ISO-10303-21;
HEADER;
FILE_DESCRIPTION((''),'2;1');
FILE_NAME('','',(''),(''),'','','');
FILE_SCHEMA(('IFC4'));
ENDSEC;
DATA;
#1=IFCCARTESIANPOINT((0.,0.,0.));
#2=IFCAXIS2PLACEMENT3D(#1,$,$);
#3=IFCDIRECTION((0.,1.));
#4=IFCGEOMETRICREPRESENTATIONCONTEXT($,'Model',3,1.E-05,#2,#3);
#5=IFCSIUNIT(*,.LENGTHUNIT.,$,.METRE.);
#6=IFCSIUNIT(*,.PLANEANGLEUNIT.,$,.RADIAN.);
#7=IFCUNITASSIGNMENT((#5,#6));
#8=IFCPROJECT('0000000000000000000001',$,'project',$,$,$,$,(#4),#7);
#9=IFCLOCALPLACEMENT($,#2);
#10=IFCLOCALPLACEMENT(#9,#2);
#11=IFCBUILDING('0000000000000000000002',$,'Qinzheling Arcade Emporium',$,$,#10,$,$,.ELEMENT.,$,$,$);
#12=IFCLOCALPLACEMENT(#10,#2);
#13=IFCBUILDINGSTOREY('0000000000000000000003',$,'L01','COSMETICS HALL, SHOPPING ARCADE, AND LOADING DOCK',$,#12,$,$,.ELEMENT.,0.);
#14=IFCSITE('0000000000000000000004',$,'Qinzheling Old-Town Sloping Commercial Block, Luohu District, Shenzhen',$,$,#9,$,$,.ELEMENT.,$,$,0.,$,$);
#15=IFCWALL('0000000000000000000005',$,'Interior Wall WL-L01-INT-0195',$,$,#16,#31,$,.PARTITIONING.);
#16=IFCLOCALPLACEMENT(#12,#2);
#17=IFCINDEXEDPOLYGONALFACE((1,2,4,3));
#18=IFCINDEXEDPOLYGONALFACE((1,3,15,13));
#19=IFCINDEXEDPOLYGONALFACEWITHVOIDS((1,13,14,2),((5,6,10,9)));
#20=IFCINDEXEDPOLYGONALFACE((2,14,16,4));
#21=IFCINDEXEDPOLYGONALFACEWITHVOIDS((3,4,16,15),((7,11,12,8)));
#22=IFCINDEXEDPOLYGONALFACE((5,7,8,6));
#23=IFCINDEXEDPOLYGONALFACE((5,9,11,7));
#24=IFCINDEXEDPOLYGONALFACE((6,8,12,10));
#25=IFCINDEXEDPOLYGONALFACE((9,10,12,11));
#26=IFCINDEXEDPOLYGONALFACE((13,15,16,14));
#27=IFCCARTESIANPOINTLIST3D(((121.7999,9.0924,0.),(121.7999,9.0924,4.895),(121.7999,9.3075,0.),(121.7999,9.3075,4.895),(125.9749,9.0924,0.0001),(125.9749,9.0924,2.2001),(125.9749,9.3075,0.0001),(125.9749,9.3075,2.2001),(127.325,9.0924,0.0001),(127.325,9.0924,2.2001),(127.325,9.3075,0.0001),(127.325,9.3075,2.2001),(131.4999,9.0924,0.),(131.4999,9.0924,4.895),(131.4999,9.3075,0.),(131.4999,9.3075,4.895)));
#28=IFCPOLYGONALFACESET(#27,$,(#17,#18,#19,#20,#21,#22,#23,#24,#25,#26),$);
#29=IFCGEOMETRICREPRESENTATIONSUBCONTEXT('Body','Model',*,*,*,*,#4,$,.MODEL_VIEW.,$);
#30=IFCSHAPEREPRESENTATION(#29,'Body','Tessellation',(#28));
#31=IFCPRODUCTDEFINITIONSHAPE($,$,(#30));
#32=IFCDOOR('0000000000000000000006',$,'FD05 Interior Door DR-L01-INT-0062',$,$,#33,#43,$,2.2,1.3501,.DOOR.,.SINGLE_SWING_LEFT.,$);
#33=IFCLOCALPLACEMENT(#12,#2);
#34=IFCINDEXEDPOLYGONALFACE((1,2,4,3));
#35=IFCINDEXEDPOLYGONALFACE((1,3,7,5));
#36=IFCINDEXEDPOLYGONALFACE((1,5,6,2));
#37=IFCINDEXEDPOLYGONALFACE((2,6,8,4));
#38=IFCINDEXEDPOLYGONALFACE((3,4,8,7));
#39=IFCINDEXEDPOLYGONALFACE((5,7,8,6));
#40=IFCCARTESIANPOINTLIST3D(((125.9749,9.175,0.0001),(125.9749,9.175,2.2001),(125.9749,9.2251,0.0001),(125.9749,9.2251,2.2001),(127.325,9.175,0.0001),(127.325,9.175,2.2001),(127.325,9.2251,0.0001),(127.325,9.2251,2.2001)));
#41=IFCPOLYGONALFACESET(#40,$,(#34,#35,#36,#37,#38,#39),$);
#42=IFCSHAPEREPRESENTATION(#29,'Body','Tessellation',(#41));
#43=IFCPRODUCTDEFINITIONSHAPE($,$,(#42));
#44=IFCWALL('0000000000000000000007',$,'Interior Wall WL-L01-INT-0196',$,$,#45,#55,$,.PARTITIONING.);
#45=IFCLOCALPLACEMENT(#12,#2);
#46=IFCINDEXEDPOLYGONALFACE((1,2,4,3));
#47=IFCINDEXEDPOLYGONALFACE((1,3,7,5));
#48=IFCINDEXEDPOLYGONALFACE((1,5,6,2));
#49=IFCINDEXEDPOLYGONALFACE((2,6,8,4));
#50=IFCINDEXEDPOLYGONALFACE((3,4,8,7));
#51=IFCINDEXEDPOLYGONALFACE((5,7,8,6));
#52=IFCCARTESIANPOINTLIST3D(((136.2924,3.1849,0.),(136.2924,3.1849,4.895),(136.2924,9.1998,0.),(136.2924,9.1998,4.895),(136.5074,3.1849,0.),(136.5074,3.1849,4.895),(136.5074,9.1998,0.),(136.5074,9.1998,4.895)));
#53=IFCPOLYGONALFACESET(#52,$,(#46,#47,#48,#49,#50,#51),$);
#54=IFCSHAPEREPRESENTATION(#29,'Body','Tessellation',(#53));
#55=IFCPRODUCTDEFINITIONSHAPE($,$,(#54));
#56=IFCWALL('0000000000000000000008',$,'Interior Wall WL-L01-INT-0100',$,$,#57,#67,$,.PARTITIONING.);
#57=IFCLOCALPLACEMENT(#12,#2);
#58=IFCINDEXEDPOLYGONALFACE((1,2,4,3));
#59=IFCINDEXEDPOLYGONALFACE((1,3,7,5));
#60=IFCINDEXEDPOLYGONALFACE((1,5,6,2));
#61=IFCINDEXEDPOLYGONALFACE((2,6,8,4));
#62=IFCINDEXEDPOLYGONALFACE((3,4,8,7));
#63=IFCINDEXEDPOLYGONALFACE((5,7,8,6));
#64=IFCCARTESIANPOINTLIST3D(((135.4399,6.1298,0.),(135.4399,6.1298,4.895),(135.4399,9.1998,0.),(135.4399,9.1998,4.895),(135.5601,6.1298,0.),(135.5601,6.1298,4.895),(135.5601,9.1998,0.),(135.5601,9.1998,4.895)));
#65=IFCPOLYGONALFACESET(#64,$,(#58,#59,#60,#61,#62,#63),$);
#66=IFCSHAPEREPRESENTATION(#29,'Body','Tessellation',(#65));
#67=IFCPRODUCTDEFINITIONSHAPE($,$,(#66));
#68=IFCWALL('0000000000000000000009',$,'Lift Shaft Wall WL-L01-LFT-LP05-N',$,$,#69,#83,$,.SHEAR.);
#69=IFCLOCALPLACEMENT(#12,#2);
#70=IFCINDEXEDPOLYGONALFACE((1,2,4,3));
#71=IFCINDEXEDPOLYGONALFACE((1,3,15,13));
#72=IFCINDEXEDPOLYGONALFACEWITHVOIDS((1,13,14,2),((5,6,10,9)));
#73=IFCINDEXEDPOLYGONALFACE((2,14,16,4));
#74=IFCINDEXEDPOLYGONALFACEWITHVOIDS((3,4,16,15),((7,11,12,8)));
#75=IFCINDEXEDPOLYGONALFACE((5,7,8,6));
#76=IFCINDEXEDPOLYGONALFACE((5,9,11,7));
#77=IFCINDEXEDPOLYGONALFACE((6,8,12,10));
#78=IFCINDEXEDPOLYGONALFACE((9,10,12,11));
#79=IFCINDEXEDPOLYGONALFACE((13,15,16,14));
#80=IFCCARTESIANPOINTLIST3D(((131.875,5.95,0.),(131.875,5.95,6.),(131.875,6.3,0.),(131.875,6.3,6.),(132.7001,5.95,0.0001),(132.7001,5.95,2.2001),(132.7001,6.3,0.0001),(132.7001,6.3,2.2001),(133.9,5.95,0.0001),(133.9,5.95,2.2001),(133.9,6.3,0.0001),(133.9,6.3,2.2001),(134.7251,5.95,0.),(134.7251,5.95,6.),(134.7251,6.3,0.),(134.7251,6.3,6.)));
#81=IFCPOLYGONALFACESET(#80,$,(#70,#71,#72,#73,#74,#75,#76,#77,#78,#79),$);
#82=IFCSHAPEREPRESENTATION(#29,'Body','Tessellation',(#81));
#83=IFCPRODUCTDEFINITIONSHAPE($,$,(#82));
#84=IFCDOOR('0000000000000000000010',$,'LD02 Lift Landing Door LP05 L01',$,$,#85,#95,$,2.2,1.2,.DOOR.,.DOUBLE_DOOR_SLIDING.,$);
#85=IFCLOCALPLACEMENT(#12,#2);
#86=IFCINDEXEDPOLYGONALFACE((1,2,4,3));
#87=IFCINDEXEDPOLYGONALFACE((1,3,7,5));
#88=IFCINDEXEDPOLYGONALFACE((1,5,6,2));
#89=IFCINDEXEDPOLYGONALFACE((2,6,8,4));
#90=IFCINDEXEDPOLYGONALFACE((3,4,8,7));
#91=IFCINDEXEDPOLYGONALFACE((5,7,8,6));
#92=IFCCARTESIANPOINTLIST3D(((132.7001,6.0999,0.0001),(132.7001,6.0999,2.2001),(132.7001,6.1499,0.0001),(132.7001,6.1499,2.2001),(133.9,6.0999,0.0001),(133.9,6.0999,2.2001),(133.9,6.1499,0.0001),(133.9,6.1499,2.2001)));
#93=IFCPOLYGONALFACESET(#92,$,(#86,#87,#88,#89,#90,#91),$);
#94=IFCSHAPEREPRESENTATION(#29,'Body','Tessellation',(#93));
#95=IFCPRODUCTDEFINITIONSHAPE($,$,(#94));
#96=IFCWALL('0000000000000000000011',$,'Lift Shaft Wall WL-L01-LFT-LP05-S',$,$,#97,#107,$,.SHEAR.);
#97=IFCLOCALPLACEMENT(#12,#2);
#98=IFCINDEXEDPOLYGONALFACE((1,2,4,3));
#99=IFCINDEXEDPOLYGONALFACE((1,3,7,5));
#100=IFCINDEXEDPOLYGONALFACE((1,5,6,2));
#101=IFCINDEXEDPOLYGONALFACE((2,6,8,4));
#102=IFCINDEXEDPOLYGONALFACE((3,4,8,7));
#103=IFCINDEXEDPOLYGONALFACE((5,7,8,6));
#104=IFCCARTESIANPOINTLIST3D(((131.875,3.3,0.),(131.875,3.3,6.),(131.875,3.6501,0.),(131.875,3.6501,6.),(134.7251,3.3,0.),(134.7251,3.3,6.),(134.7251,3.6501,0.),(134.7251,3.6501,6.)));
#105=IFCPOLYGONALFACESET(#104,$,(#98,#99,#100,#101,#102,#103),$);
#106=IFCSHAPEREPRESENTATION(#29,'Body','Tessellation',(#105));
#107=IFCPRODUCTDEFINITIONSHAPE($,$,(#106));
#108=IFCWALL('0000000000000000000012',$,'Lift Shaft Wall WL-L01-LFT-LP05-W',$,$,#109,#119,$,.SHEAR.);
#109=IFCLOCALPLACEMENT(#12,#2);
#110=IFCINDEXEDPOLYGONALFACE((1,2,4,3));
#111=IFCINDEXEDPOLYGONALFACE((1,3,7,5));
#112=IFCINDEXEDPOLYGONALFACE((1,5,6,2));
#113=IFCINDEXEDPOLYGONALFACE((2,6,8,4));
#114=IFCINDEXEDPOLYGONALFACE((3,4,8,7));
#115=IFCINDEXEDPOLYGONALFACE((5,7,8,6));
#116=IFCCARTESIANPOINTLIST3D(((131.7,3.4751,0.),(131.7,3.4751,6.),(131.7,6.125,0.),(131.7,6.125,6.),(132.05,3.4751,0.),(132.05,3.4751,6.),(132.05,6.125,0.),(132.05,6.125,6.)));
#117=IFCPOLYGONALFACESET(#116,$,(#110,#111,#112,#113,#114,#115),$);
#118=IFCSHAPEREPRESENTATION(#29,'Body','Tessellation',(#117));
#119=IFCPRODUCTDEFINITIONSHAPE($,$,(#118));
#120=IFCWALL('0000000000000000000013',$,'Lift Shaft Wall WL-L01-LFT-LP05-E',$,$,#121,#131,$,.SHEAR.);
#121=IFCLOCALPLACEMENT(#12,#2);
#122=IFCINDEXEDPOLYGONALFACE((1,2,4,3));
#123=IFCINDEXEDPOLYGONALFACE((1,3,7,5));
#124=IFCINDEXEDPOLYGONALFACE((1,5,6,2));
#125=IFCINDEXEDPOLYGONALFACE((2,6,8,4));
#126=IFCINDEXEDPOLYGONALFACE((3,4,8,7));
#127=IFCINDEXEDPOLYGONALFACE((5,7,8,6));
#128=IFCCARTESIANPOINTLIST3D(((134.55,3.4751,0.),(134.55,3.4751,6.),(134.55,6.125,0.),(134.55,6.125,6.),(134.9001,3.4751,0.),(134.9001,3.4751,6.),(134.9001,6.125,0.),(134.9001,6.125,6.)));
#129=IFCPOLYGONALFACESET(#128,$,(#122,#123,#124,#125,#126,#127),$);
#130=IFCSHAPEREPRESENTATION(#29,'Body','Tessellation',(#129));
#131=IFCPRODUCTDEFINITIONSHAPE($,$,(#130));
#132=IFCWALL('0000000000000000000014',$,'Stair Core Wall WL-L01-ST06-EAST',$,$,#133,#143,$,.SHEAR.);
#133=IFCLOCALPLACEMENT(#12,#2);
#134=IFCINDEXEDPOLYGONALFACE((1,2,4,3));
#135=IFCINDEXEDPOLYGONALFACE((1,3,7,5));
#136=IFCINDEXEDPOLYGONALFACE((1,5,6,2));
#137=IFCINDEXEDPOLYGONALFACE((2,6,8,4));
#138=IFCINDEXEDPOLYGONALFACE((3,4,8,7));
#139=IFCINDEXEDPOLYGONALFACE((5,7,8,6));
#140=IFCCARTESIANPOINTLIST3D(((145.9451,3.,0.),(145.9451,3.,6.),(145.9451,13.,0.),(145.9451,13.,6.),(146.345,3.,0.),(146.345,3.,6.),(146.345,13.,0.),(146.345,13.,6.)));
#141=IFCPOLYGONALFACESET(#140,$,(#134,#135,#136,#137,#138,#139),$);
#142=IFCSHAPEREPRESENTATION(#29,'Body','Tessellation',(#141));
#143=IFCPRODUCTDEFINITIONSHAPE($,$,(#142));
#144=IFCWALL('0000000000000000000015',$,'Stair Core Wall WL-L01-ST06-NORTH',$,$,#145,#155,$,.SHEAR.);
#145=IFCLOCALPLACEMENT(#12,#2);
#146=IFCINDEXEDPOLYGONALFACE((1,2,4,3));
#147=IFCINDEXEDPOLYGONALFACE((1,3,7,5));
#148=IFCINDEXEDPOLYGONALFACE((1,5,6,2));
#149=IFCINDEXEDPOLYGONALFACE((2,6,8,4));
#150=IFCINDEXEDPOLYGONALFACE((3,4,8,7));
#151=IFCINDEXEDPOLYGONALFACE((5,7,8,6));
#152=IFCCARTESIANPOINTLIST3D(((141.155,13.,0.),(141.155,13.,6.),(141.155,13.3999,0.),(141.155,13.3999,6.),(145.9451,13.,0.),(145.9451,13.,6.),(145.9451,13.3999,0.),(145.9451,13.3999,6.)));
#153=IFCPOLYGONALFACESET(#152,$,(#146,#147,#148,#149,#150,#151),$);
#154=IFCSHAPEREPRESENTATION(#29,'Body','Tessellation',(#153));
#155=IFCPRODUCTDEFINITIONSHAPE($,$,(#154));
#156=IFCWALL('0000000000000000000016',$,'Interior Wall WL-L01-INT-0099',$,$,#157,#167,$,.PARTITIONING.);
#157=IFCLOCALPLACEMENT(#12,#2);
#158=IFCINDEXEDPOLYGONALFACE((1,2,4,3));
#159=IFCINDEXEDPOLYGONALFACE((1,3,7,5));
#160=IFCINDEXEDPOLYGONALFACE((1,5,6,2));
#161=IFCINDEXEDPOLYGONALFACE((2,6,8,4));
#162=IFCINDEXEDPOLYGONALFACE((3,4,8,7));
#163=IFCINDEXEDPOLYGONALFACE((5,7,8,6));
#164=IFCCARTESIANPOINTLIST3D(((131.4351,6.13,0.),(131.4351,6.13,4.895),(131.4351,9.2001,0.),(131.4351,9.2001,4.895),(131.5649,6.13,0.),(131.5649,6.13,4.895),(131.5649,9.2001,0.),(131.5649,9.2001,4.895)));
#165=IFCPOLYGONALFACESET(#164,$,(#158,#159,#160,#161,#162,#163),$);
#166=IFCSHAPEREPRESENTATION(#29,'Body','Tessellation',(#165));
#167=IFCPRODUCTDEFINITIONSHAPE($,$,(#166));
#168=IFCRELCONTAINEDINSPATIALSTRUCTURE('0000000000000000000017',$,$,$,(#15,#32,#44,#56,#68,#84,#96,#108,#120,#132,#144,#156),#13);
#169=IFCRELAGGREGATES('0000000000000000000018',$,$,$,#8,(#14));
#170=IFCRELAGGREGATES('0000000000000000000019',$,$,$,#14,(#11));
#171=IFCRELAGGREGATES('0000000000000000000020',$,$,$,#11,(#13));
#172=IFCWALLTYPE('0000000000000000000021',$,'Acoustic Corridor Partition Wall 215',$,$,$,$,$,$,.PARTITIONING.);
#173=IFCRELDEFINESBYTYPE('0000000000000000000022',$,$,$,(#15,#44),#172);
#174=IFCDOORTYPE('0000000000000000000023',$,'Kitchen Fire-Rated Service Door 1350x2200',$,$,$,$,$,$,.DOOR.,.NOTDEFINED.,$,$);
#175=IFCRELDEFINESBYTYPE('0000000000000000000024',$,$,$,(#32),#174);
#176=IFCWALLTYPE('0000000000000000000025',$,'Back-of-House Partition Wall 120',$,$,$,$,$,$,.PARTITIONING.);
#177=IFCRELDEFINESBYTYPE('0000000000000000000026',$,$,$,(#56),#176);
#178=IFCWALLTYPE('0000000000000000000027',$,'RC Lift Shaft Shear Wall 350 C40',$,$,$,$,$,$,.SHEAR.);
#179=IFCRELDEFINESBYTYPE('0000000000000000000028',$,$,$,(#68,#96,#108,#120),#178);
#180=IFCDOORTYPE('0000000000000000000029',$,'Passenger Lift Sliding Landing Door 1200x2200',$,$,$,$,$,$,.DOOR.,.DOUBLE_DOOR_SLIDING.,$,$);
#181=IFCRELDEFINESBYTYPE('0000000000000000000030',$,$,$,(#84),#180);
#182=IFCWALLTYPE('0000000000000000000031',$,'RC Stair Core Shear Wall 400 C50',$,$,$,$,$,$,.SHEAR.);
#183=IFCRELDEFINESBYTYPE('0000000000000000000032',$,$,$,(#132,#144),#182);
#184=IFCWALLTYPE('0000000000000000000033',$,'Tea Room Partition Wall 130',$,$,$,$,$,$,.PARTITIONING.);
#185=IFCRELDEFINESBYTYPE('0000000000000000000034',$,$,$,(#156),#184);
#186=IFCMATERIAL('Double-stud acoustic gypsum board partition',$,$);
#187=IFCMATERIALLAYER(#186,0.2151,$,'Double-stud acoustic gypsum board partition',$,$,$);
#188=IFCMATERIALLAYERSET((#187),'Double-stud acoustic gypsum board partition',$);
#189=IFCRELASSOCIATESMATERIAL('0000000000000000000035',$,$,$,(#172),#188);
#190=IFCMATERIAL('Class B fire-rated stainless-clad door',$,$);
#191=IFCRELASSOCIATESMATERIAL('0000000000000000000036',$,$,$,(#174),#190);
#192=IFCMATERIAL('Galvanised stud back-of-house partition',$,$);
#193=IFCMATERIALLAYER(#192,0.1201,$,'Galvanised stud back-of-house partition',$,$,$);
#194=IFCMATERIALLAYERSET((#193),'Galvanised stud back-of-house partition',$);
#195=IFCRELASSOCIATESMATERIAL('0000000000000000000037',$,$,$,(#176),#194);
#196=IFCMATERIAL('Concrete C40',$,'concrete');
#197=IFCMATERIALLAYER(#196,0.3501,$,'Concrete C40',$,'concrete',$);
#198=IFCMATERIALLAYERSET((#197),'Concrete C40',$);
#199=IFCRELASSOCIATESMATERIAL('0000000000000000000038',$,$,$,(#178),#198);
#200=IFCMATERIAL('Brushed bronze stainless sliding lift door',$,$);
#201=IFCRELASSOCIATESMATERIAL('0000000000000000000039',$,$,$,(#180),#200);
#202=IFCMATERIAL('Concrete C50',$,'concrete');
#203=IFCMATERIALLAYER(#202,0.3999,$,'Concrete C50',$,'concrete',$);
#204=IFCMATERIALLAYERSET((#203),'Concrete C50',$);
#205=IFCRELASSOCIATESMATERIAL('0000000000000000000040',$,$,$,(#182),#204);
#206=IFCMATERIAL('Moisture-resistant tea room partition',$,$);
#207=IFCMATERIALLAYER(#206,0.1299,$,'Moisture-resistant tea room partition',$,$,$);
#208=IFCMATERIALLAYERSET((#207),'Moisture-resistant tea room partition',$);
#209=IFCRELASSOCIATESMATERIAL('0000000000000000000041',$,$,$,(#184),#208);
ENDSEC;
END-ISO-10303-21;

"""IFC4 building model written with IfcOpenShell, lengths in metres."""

from ifc_helpers import new_model, si_unit, direction, frame, frame_2d, origin, place, context, subcontext, project, spatial, rectangle, extrude, material, layer, layer_set, type_object, element, fill, save


model = new_model("IFC4")

# Units and contexts
model_context = context("Model", 3, precision=1e-05, world=origin(), true_north=direction((0.0, 1.0)))
body_context = subcontext(model_context, "Body", "Model", "MODEL_VIEW")
ifc_project = project(units=[si_unit("LENGTHUNIT", "METRE"), si_unit("PLANEANGLEUNIT", "RADIAN")], contexts=[model_context])

# Site, building, storey
site_placement = place(None, origin())
site = spatial("IfcSite", under=ifc_project, at=site_placement, Name="Qinzheling Old-Town Sloping Commercial Block, Luohu District, Shenzhen", CompositionType="ELEMENT", RefElevation=0.0)
building_placement = place(site_placement, origin())
building = spatial("IfcBuilding", under=site, at=building_placement, Name="Qinzheling Arcade Emporium", CompositionType="ELEMENT")
storey_placement = place(building_placement, origin())
storey = spatial("IfcBuildingStorey", under=building, at=storey_placement, Name="L01", Description="COSMETICS HALL, SHOPPING ARCADE, AND LOADING DOCK", CompositionType="ELEMENT", Elevation=0.0)

# Shared definitions
ifc_material_1 = material(Name="Concrete C50", Category="concrete")

# Shared definitions
ifc_material_2 = material(Name="Concrete C40", Category="concrete")

# Wall, opening, door
ifc_material_3 = material(Name="Double-stud acoustic gypsum board partition")
ifc_layer_1 = layer(ifc_material_3, 0.2151, Name="Double-stud acoustic gypsum board partition")
ifc_layer_set_1 = layer_set([ifc_layer_1], Name="Double-stud acoustic gypsum board partition")
wall_type_1 = type_object("IfcWallType", Name="Acoustic Corridor Partition Wall 215", PredefinedType="PARTITIONING", material=ifc_layer_set_1)
ifc_material_4 = material(Name="Class B fire-rated stainless-clad door")
door_type_1 = type_object("IfcDoorType", Name="Kitchen Fire-Rated Service Door 1350x2200", OperationType="NOTDEFINED", PredefinedType="DOOR", material=ifc_material_4)
wall_1_placement = place(storey_placement, frame((131.5, 9.2, 0.0), z_axis=(0.0, 0.0, 1.0), x_axis=(-1.0, 0.0, 0.0)))
wall_1 = element("IfcWall", 1, at=wall_1_placement, inside=storey, type_object=wall_type_1, Name="Interior Wall WL-L01-INT-0195", PredefinedType="PARTITIONING", context=body_context, shape_type="SweptSolid", body=[
    extrude(rectangle(XDim=9.7, YDim=0.2151, at=frame_2d((4.8501, 0.0))), origin(), (0.0, 0.0, 1.0), 4.895),
])
opening_1_placement = place(wall_1_placement, frame((4.175, 0.0, 0.0)))
opening_1 = element("IfcOpeningElement", 2, at=opening_1_placement, cuts=wall_1, PredefinedType="OPENING", context=body_context, shape_type="SweptSolid", body=[
    extrude(rectangle(XDim=1.3501, YDim=2.2, at=frame_2d((0.675, 1.1001))), frame((0.0, 0.1177, 0.0), z_axis=(0.0, -1.0, 0.0), x_axis=(1.0, 0.0, 0.0)), (0.0, 0.0, 1.0), 0.2351),
])
door_1_placement = place(opening_1_placement, origin())
door_1 = element("IfcDoor", 3, at=door_1_placement, inside=storey, type_object=door_type_1, Name="FD05 Interior Door DR-L01-INT-0062", OperationType="SINGLE_SWING_LEFT", OverallHeight=2.2, OverallWidth=1.3501, PredefinedType="DOOR", context=body_context, shape_type="SweptSolid", body=[
    extrude(rectangle(XDim=1.3501, YDim=2.2, at=frame_2d((0.675, 1.1001))), frame((0.0, 0.0249, 0.0), z_axis=(0.0, -1.0, 0.0), x_axis=(1.0, 0.0, 0.0)), (0.0, 0.0, 1.0), 0.05),
])
fill(opening_1, door_1)

# Walls
wall_2_placement = place(storey_placement, frame((136.3999, 3.1851, 0.0), z_axis=(0.0, 0.0, 1.0), x_axis=(0.0, 1.0, 0.0)))
element("IfcWall", 4, at=wall_2_placement, inside=storey, type_object=wall_type_1, Name="Interior Wall WL-L01-INT-0196", PredefinedType="PARTITIONING", context=body_context, shape_type="SweptSolid", body=[
    extrude(rectangle(XDim=6.0149, YDim=0.2151, at=frame_2d((3.0073, 0.0))), origin(), (0.0, 0.0, 1.0), 4.895),
])
ifc_material_5 = material(Name="Galvanised stud back-of-house partition")
ifc_layer_2 = layer(ifc_material_5, 0.1201, Name="Galvanised stud back-of-house partition")
ifc_layer_set_2 = layer_set([ifc_layer_2], Name="Galvanised stud back-of-house partition")
wall_type_2 = type_object("IfcWallType", Name="Back-of-House Partition Wall 120", PredefinedType="PARTITIONING", material=ifc_layer_set_2)
wall_3_placement = place(storey_placement, frame((135.5, 9.2, 0.0), z_axis=(0.0, 0.0, 1.0), x_axis=(0.0, -1.0, 0.0)))
element("IfcWall", 5, at=wall_3_placement, inside=storey, type_object=wall_type_2, Name="Interior Wall WL-L01-INT-0100", PredefinedType="PARTITIONING", context=body_context, shape_type="SweptSolid", body=[
    extrude(rectangle(XDim=3.0701, YDim=0.1201, at=frame_2d((1.5352, 0.0))), origin(), (0.0, 0.0, 1.0), 4.895),
])

# Wall, opening, door
ifc_layer_3 = layer(ifc_material_2, 0.3501, Name="Concrete C40", Category="concrete")
ifc_layer_set_3 = layer_set([ifc_layer_3], Name="Concrete C40")
wall_type_3 = type_object("IfcWallType", Name="RC Lift Shaft Shear Wall 350 C40", PredefinedType="SHEAR", material=ifc_layer_set_3)
wall_4_placement = place(storey_placement, frame((131.875, 6.125, 0.0), z_axis=(0.0, 0.0, 1.0), x_axis=(1.0, 0.0, 0.0)))
wall_4 = element("IfcWall", 6, at=wall_4_placement, inside=storey, type_object=wall_type_3, Name="Lift Shaft Wall WL-L01-LFT-LP05-N", PredefinedType="SHEAR", context=body_context, shape_type="SweptSolid", body=[
    extrude(rectangle(XDim=2.8501, YDim=0.3501, at=frame_2d((1.425, 0.0))), origin(), (0.0, 0.0, 1.0), 6.0),
])
opening_2_placement = place(wall_4_placement, frame((0.825, 0.0, 0.0)))
opening_2 = element("IfcOpeningElement", 7, at=opening_2_placement, cuts=wall_4, PredefinedType="OPENING", context=body_context, shape_type="SweptSolid", body=[
    extrude(rectangle(XDim=1.2, YDim=2.2, at=frame_2d((0.6001, 1.1001))), frame((0.0, 0.1851, 0.0), z_axis=(0.0, -1.0, 0.0), x_axis=(1.0, 0.0, 0.0)), (0.0, 0.0, 1.0), 0.3701),
])
ifc_material_6 = material(Name="Brushed bronze stainless sliding lift door")
door_type_2 = type_object("IfcDoorType", Name="Passenger Lift Sliding Landing Door 1200x2200", OperationType="DOUBLE_DOOR_SLIDING", PredefinedType="DOOR", material=ifc_material_6)
door_2_placement = place(opening_2_placement, origin())
door_2 = element("IfcDoor", 8, at=door_2_placement, inside=storey, type_object=door_type_2, Name="LD02 Lift Landing Door LP05 L01", OperationType="DOUBLE_DOOR_SLIDING", OverallHeight=2.2, OverallWidth=1.2, PredefinedType="DOOR", context=body_context, shape_type="SweptSolid", body=[
    extrude(rectangle(XDim=1.2, YDim=2.2, at=frame_2d((0.6001, 1.1001))), frame((0.0, 0.0249, 0.0), z_axis=(0.0, -1.0, 0.0), x_axis=(1.0, 0.0, 0.0)), (0.0, 0.0, 1.0), 0.05),
])
fill(opening_2, door_2)

# Walls
wall_5_placement = place(storey_placement, frame((134.7251, 3.4751, 0.0), z_axis=(0.0, 0.0, 1.0), x_axis=(-1.0, 0.0, 0.0)))
element("IfcWall", 9, at=wall_5_placement, inside=storey, type_object=wall_type_3, Name="Lift Shaft Wall WL-L01-LFT-LP05-S", PredefinedType="SHEAR", context=body_context, shape_type="SweptSolid", body=[
    extrude(rectangle(XDim=2.8501, YDim=0.3501, at=frame_2d((1.425, 0.0))), origin(), (0.0, 0.0, 1.0), 6.0),
])
for number, where, z_axis, x_axis, name in (
    (10, (131.875, 3.4751, 0.0), (0.0, 0.0, 1.0), (0.0, 1.0, 0.0), "Lift Shaft Wall WL-L01-LFT-LP05-W"),
    (11, (134.7251, 6.125, 0.0), (0.0, 0.0, 1.0), (0.0, -1.0, 0.0), "Lift Shaft Wall WL-L01-LFT-LP05-E"),
):
    element("IfcWall", number, at=place(storey_placement, frame(where, z_axis=z_axis, x_axis=x_axis)), inside=storey, type_object=wall_type_3, Name=name, PredefinedType="SHEAR", context=body_context, shape_type="SweptSolid", body=[
        extrude(rectangle(XDim=2.6499, YDim=0.3501, at=frame_2d((1.325, 0.0))), origin(), (0.0, 0.0, 1.0), 6.0),
    ])
ifc_layer_4 = layer(ifc_material_1, 0.3999, Name="Concrete C50", Category="concrete")
ifc_layer_set_4 = layer_set([ifc_layer_4], Name="Concrete C50")
wall_type_4 = type_object("IfcWallType", Name="RC Stair Core Shear Wall 400 C50", PredefinedType="SHEAR", material=ifc_layer_set_4)
wall_6_placement = place(storey_placement, frame((146.145, 13.0, 0.0), z_axis=(0.0, 0.0, 1.0), x_axis=(0.0, -1.0, 0.0)))
element("IfcWall", 12, at=wall_6_placement, inside=storey, type_object=wall_type_4, Name="Stair Core Wall WL-L01-ST06-EAST", PredefinedType="SHEAR", context=body_context, shape_type="SweptSolid", body=[
    extrude(rectangle(XDim=10.0, YDim=0.3999, at=frame_2d((5.0, 0.0))), origin(), (0.0, 0.0, 1.0), 6.0),
])
wall_7_placement = place(storey_placement, frame((141.155, 13.2, 0.0), z_axis=(0.0, 0.0, 1.0), x_axis=(1.0, 0.0, 0.0)))
element("IfcWall", 13, at=wall_7_placement, inside=storey, type_object=wall_type_4, Name="Stair Core Wall WL-L01-ST06-NORTH", PredefinedType="SHEAR", context=body_context, shape_type="SweptSolid", body=[
    extrude(rectangle(XDim=4.79, YDim=0.3999, at=frame_2d((2.395, 0.0))), origin(), (0.0, 0.0, 1.0), 6.0),
])
ifc_material_7 = material(Name="Moisture-resistant tea room partition")
ifc_layer_5 = layer(ifc_material_7, 0.1299, Name="Moisture-resistant tea room partition")
ifc_layer_set_5 = layer_set([ifc_layer_5], Name="Moisture-resistant tea room partition")
wall_type_5 = type_object("IfcWallType", Name="Tea Room Partition Wall 130", PredefinedType="PARTITIONING", material=ifc_layer_set_5)
wall_8_placement = place(storey_placement, frame((131.5, 6.1299, 0.0), z_axis=(0.0, 0.0, 1.0), x_axis=(0.0, 1.0, 0.0)))
element("IfcWall", 14, at=wall_8_placement, inside=storey, type_object=wall_type_5, Name="Interior Wall WL-L01-INT-0099", PredefinedType="PARTITIONING", context=body_context, shape_type="SweptSolid", body=[
    extrude(rectangle(XDim=3.0701, YDim=0.1299, at=frame_2d((1.5352, 0.0))), origin(), (0.0, 0.0, 1.0), 4.895),
])

save(model, "model.ifc")
